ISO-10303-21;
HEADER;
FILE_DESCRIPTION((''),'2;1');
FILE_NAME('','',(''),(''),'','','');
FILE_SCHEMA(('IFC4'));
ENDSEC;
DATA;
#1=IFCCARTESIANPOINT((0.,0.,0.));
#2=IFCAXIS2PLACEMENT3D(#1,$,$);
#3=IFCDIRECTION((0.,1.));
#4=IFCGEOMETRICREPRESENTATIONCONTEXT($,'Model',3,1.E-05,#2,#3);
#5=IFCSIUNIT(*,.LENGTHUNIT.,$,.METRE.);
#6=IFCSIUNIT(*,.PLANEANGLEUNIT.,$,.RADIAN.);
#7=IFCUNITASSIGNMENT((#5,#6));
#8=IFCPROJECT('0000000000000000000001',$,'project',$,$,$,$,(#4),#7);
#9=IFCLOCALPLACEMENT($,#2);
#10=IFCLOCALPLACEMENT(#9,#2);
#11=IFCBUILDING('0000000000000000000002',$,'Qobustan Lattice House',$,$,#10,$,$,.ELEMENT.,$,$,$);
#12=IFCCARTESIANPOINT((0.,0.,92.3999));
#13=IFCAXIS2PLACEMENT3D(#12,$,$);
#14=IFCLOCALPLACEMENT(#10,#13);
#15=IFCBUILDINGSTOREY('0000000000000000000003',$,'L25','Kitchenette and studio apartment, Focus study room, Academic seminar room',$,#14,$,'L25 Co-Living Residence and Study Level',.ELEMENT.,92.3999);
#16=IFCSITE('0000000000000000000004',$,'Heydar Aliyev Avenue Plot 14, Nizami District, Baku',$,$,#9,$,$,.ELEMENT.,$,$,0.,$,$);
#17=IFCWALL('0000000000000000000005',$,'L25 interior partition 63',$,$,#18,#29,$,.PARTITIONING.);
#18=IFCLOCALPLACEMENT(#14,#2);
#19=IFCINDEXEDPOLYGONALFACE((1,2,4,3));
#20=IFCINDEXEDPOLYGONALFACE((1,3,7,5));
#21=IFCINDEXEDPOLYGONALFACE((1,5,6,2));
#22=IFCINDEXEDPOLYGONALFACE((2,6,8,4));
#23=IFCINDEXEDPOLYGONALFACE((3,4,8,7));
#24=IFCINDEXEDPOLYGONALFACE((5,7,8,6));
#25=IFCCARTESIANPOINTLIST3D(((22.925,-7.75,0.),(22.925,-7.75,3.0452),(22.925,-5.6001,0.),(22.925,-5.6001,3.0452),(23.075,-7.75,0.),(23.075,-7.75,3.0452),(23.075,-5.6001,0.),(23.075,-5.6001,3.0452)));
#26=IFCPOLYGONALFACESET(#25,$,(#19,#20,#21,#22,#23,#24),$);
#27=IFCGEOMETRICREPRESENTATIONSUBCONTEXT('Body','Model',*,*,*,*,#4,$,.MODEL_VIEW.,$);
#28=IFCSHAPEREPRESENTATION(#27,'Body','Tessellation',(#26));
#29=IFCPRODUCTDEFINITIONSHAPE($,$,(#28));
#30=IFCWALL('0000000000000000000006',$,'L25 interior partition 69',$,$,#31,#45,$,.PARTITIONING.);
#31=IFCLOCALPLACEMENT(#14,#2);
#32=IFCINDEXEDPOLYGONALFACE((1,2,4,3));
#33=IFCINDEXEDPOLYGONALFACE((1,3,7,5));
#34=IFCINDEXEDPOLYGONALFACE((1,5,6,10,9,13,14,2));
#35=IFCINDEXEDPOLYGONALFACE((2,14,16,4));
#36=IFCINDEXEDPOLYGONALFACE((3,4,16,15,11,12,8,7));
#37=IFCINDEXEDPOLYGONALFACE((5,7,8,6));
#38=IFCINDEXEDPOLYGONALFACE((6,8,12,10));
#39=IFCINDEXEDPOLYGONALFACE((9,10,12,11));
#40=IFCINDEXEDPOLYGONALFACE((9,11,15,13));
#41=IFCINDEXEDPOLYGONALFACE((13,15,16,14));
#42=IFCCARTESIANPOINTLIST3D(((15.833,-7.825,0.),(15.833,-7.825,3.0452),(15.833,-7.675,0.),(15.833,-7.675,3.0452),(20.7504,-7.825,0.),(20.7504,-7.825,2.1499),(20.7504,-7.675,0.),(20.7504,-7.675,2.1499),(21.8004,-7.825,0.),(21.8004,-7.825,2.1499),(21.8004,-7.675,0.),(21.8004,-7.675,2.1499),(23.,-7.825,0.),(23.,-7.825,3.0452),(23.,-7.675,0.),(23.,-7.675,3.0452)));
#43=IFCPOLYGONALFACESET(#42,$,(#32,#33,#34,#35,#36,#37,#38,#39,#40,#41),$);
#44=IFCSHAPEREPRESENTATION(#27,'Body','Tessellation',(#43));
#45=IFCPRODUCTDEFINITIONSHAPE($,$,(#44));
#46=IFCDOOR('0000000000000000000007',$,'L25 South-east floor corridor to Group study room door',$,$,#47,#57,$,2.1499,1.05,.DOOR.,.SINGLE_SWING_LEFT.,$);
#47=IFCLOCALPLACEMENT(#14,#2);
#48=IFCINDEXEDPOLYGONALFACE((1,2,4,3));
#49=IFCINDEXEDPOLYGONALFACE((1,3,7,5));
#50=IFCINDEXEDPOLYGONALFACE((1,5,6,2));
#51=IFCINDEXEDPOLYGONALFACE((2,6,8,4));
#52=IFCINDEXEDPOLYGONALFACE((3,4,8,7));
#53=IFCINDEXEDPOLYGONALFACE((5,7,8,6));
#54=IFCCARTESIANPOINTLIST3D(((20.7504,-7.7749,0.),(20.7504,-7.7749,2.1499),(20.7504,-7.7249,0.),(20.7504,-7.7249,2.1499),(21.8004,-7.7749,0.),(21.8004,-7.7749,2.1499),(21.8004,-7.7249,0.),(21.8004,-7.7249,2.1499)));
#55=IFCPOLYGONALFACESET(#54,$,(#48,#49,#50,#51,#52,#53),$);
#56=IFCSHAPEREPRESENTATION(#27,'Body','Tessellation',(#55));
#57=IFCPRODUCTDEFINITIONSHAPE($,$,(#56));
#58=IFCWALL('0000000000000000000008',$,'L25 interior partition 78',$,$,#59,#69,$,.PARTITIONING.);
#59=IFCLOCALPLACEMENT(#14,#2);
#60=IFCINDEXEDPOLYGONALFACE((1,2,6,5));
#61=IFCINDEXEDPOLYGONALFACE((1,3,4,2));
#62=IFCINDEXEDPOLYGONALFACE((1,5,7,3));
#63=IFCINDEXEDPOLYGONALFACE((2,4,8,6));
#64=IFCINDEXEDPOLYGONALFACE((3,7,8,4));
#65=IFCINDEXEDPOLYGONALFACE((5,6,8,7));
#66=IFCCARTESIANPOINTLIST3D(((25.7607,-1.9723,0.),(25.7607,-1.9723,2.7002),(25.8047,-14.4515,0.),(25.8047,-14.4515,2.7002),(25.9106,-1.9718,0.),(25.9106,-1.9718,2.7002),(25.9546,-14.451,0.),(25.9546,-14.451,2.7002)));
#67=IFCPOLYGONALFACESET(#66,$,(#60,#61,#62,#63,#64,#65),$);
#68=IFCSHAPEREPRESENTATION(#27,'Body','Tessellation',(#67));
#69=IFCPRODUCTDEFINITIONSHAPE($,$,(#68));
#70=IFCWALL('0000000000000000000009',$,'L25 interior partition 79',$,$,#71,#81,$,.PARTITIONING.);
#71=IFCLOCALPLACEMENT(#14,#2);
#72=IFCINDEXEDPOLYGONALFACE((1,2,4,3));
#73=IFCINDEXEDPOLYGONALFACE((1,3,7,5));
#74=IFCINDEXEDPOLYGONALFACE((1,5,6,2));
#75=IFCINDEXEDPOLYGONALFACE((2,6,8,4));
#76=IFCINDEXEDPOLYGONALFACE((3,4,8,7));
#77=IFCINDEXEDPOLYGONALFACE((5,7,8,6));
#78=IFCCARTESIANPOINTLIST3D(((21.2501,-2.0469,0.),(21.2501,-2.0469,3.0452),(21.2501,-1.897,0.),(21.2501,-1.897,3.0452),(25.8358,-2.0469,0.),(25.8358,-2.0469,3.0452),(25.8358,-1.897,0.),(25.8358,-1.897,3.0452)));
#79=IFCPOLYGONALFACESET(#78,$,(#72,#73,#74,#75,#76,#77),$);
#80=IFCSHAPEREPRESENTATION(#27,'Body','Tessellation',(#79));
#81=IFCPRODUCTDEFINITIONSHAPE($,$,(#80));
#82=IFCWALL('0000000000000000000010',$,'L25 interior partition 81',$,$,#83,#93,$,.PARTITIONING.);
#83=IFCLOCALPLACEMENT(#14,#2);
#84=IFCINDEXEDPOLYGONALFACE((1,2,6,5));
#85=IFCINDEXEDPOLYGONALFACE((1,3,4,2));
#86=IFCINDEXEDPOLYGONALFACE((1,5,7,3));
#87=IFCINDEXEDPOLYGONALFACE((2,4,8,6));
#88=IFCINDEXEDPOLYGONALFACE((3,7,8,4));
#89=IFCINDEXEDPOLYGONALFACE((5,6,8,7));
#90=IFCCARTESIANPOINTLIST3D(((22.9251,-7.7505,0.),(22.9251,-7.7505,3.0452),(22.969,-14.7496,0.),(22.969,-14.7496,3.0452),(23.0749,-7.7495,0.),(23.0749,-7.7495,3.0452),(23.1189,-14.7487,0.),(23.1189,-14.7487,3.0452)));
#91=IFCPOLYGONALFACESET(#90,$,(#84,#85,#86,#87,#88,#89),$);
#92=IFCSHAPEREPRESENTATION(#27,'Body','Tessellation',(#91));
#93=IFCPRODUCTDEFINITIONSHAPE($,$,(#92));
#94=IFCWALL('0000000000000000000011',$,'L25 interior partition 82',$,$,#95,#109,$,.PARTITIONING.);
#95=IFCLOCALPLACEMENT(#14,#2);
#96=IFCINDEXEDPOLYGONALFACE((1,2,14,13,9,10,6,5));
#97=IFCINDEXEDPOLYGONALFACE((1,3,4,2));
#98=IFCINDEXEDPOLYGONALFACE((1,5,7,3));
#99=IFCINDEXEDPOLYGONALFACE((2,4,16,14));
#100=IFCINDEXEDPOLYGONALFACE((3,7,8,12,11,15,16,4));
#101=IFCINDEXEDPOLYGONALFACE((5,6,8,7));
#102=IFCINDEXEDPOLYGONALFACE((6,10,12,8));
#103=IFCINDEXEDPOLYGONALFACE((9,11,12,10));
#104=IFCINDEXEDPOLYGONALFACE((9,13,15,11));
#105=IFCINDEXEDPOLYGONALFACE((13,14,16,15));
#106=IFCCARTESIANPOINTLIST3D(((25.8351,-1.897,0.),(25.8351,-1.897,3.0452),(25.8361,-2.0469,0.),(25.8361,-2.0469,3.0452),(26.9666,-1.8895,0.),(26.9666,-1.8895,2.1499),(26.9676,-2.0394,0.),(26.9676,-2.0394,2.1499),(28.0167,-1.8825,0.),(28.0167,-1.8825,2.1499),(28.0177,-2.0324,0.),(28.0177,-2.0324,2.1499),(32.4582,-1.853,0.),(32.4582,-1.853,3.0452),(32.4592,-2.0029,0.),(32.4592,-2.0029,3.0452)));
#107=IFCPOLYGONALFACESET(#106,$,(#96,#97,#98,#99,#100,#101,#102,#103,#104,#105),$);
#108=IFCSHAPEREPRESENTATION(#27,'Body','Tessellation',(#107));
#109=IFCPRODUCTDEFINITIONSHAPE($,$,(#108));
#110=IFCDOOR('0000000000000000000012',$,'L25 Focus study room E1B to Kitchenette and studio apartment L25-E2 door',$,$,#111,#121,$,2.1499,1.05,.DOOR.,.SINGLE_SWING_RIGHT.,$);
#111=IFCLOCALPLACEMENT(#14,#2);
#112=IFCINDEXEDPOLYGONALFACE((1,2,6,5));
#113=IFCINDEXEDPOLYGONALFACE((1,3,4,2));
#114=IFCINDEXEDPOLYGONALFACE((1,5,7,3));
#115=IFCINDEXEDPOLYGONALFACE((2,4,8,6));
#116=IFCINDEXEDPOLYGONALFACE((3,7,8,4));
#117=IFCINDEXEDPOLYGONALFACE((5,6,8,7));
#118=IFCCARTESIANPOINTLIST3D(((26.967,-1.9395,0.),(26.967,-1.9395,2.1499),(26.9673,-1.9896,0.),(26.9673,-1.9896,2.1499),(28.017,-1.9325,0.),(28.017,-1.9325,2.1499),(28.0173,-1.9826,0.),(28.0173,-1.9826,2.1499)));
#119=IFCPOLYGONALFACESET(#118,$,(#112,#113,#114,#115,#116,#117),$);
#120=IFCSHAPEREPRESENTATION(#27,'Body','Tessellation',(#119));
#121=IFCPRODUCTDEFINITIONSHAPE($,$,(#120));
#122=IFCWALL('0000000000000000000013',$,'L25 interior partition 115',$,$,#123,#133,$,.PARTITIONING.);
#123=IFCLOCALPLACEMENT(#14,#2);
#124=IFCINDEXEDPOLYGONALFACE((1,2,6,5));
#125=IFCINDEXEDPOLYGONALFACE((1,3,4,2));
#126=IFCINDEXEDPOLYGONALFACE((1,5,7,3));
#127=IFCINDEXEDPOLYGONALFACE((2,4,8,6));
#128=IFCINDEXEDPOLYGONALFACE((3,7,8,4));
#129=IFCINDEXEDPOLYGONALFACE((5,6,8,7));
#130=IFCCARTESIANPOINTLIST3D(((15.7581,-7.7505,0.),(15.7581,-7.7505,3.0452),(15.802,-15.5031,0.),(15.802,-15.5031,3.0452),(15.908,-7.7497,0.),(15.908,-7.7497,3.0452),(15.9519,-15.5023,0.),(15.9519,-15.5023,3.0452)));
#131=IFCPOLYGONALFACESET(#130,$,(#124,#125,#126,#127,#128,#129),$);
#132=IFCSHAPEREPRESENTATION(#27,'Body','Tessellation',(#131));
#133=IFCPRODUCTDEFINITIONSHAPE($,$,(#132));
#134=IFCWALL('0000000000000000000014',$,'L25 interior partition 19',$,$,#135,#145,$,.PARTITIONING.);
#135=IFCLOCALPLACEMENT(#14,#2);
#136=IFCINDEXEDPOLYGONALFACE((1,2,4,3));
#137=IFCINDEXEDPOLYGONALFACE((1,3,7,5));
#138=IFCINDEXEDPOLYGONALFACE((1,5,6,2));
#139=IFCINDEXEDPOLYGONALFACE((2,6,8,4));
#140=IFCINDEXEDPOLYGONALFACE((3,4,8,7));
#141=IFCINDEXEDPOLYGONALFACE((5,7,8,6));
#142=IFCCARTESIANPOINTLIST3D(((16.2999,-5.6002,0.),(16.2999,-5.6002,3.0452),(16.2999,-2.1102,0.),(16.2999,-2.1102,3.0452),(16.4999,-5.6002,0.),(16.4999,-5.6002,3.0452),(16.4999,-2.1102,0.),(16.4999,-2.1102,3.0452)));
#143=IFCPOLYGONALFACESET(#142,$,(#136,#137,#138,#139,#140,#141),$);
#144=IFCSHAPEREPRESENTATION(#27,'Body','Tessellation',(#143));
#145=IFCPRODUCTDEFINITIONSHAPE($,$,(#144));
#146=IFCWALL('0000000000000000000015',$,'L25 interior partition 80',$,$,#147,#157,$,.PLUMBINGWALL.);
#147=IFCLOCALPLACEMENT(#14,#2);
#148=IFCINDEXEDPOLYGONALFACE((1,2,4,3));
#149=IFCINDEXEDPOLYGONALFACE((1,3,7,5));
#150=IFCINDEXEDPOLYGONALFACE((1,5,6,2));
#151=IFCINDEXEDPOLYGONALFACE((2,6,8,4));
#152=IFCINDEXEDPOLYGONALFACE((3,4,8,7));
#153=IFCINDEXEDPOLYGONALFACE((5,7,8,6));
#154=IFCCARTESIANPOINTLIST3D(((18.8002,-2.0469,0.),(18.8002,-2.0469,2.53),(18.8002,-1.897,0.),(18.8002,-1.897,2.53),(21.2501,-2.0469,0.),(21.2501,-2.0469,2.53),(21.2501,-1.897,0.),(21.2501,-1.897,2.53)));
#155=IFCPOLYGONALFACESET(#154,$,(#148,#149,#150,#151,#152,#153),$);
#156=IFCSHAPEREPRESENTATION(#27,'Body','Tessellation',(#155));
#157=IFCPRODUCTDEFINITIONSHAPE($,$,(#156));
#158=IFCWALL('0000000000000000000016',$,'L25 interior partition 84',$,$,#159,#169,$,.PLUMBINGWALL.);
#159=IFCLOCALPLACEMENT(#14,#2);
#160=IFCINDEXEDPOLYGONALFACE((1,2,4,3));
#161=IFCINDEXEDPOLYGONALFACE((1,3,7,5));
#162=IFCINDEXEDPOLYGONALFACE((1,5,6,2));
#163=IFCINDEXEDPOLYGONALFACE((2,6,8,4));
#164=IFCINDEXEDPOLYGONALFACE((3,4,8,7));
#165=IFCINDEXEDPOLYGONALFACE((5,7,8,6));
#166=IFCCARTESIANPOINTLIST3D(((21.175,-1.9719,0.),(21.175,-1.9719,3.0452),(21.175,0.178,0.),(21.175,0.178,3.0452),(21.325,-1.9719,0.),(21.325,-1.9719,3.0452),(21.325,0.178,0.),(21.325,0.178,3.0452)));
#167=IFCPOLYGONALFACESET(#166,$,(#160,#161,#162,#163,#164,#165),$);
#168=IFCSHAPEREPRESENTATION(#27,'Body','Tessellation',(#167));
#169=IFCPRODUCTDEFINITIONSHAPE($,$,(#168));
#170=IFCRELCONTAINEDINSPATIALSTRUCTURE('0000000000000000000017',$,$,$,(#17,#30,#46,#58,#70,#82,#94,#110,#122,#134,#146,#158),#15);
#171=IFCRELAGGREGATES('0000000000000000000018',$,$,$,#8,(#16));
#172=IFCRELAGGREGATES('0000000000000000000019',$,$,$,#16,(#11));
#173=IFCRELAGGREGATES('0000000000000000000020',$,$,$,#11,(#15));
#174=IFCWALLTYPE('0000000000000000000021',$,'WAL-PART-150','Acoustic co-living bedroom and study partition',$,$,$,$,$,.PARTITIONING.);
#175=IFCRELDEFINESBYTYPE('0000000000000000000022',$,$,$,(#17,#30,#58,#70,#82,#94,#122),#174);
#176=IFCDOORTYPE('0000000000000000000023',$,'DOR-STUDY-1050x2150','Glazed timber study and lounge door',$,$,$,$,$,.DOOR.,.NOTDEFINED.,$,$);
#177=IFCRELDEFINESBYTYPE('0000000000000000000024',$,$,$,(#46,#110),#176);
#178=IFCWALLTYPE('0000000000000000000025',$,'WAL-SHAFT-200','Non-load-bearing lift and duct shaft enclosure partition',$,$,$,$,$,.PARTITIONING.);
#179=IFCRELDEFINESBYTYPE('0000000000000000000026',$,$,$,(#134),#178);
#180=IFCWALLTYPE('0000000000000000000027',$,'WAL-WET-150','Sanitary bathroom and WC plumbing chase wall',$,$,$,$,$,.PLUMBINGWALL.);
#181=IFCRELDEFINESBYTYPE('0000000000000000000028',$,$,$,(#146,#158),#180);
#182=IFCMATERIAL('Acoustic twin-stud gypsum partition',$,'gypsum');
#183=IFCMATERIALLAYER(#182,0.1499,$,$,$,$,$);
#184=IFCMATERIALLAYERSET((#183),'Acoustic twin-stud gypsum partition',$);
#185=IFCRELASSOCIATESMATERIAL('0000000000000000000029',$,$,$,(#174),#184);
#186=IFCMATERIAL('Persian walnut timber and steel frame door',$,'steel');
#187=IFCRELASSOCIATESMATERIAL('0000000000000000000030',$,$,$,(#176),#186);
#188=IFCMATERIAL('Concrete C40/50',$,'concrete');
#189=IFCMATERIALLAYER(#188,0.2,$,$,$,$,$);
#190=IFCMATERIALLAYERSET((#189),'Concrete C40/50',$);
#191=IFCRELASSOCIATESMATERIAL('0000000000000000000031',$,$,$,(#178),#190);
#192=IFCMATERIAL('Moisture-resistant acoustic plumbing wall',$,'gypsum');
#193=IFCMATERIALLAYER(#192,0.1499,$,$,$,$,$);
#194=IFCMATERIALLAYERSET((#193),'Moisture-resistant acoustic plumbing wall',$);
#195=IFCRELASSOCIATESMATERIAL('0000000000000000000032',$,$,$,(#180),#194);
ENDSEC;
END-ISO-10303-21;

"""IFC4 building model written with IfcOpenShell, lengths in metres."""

from ifc_helpers import new_model, si_unit, direction, frame, frame_2d, origin, place, context, subcontext, project, spatial, rectangle, extrude, material, layer, layer_set, type_object, element, fill, save


model = new_model("IFC4")

# Units and contexts
model_context = context("Model", 3, precision=1e-05, world=origin(), true_north=direction((0.0, 1.0)))
body_context = subcontext(model_context, "Body", "Model", "MODEL_VIEW")
ifc_project = project(units=[si_unit("LENGTHUNIT", "METRE"), si_unit("PLANEANGLEUNIT", "RADIAN")], contexts=[model_context])

# Site, building, storey
site_placement = place(None, origin())
site = spatial("IfcSite", under=ifc_project, at=site_placement, Name="Heydar Aliyev Avenue Plot 14, Nizami District, Baku", CompositionType="ELEMENT", RefElevation=0.0)
building_placement = place(site_placement, origin())
building = spatial("IfcBuilding", under=site, at=building_placement, Name="Qobustan Lattice House", CompositionType="ELEMENT")
storey_placement = place(building_placement, frame((0.0, 0.0, 92.3999)))
storey = spatial("IfcBuildingStorey", under=building, at=storey_placement, Name="L25", Description="Kitchenette and studio apartment, Focus study room, Academic seminar room", LongName="L25 Co-Living Residence and Study Level", CompositionType="ELEMENT", Elevation=92.3999)

# Shared definitions
ifc_material_1 = material(Name="Acoustic twin-stud gypsum partition", Category="gypsum")
ifc_layer_1 = layer(ifc_material_1, 0.1499)
ifc_layer_set_1 = layer_set([ifc_layer_1], Name="Acoustic twin-stud gypsum partition")
wall_type_1 = type_object("IfcWallType", Name="WAL-PART-150", Description="Acoustic co-living bedroom and study partition", PredefinedType="PARTITIONING", material=ifc_layer_set_1)
ifc_material_2 = material(Name="Persian walnut timber and steel frame door", Category="steel")
door_type_1 = type_object("IfcDoorType", Name="DOR-STUDY-1050x2150", Description="Glazed timber study and lounge door", OperationType="NOTDEFINED", PredefinedType="DOOR", material=ifc_material_2)

# Wall
wall_1_placement = place(storey_placement, frame((23.0, -5.6001, 0.0), z_axis=(0.0, 0.0, 1.0), x_axis=(0.0, -1.0, 0.0)))
element("IfcWall", 1, at=wall_1_placement, inside=storey, type_object=wall_type_1, Name="L25 interior partition 63", PredefinedType="PARTITIONING", context=body_context, shape_type="SweptSolid", body=[
    extrude(rectangle(XDim=2.1499, YDim=0.1499, at=frame_2d((1.075, 0.0))), origin(), (0.0, 0.0, 1.0), 3.0452),
])

# Wall, opening, door
wall_2_placement = place(storey_placement, frame((23.0, -7.75, 0.0), z_axis=(0.0, 0.0, 1.0), x_axis=(-1.0, 0.0, 0.0)))
wall_2 = element("IfcWall", 2, at=wall_2_placement, inside=storey, type_object=wall_type_1, Name="L25 interior partition 69", PredefinedType="PARTITIONING", context=body_context, shape_type="SweptSolid", body=[
    extrude(rectangle(XDim=7.167, YDim=0.1499, at=frame_2d((3.5835, 0.0))), origin(), (0.0, 0.0, 1.0), 3.0452),
])
opening_1_placement = place(wall_2_placement, frame((1.1997, 0.0, 0.0)))
opening_1 = element("IfcOpeningElement", 3, at=opening_1_placement, cuts=wall_2, PredefinedType="OPENING", context=body_context, shape_type="SweptSolid", body=[
    extrude(rectangle(XDim=1.05, YDim=2.1499, at=frame_2d((0.5249, 1.075))), frame((0.0, 0.085, 0.0), z_axis=(0.0, -1.0, 0.0), x_axis=(1.0, 0.0, 0.0)), (0.0, 0.0, 1.0), 0.1699),
])
door_1_placement = place(opening_1_placement, origin())
door_1 = element("IfcDoor", 4, at=door_1_placement, inside=storey, type_object=door_type_1, Name="L25 South-east floor corridor to Group study room door", OperationType="SINGLE_SWING_LEFT", OverallHeight=2.1499, OverallWidth=1.05, PredefinedType="DOOR", context=body_context, shape_type="SweptSolid", body=[
    extrude(rectangle(XDim=1.05, YDim=2.1499, at=frame_2d((0.5249, 1.075))), frame((0.0, 0.0249, 0.0), z_axis=(0.0, -1.0, 0.0), x_axis=(1.0, 0.0, 0.0)), (0.0, 0.0, 1.0), 0.05),
])
fill(opening_1, door_1)

# Walls
wall_3_placement = place(storey_placement, frame((25.8357, -1.9719, 0.0), z_axis=(0.0, 0.0, 1.0), x_axis=(0.003521, -0.999994, 0.0)))
element("IfcWall", 5, at=wall_3_placement, inside=storey, type_object=wall_type_1, Name="L25 interior partition 78", PredefinedType="PARTITIONING", context=body_context, shape_type="SweptSolid", body=[
    extrude(rectangle(XDim=12.4792, YDim=0.1499, at=frame_2d((6.2397, 0.0))), origin(), (0.0, 0.0, 1.0), 2.7002),
])
wall_4_placement = place(storey_placement, frame((21.25, -1.9719, 0.0), z_axis=(0.0, 0.0, 1.0), x_axis=(1.0, 0.0, 0.0)))
element("IfcWall", 6, at=wall_4_placement, inside=storey, type_object=wall_type_1, Name="L25 interior partition 79", PredefinedType="PARTITIONING", context=body_context, shape_type="SweptSolid", body=[
    extrude(rectangle(XDim=4.5857, YDim=0.1499, at=frame_2d((2.293, 0.0))), origin(), (0.0, 0.0, 1.0), 3.0452),
])
wall_5_placement = place(storey_placement, frame((23.0439, -14.749, 0.0), z_axis=(0.0, 0.0, 1.0), x_axis=(-0.006279, 0.99998, 0.0)))
element("IfcWall", 7, at=wall_5_placement, inside=storey, type_object=wall_type_1, Name="L25 interior partition 81", PredefinedType="PARTITIONING", context=body_context, shape_type="SweptSolid", body=[
    extrude(rectangle(XDim=6.9993, YDim=0.1499, at=frame_2d((3.4995, 0.0))), origin(), (0.0, 0.0, 1.0), 3.0452),
])

# Wall, opening, door
wall_6_placement = place(storey_placement, frame((25.8357, -1.9719, 0.0), z_axis=(0.0, 0.0, 1.0), x_axis=(0.999978, 0.006635, 0.0)))
wall_6 = element("IfcWall", 8, at=wall_6_placement, inside=storey, type_object=wall_type_1, Name="L25 interior partition 82", PredefinedType="PARTITIONING", context=body_context, shape_type="SweptSolid", body=[
    extrude(rectangle(XDim=6.6233, YDim=0.1499, at=frame_2d((3.3115, 0.0))), origin(), (0.0, 0.0, 1.0), 3.0452),
])
opening_2_placement = place(wall_6_placement, frame((1.1316, 0.0, 0.0)))
opening_2 = element("IfcOpeningElement", 9, at=opening_2_placement, cuts=wall_6, PredefinedType="OPENING", context=body_context, shape_type="SweptSolid", body=[
    extrude(rectangle(XDim=1.05, YDim=2.1499, at=frame_2d((0.5249, 1.075))), frame((0.0, 0.085, 0.0), z_axis=(0.0, -1.0, 0.0), x_axis=(1.0, 0.0, 0.0)), (0.0, 0.0, 1.0), 0.1699),
])
door_2_placement = place(opening_2_placement, origin())
door_2 = element("IfcDoor", 10, at=door_2_placement, inside=storey, type_object=door_type_1, Name="L25 Focus study room E1B to Kitchenette and studio apartment L25-E2 door", OperationType="SINGLE_SWING_RIGHT", OverallHeight=2.1499, OverallWidth=1.05, PredefinedType="DOOR", context=body_context, shape_type="SweptSolid", body=[
    extrude(rectangle(XDim=1.05, YDim=2.1499, at=frame_2d((0.5249, 1.075))), frame((0.0, 0.0249, 0.0), z_axis=(0.0, -1.0, 0.0), x_axis=(1.0, 0.0, 0.0)), (0.0, 0.0, 1.0), 0.05),
])
fill(opening_2, door_2)

# Walls
wall_7_placement = place(storey_placement, frame((15.833, -7.75, 0.0), z_axis=(0.0, 0.0, 1.0), x_axis=(0.005668, -0.999984, 0.0)))
element("IfcWall", 11, at=wall_7_placement, inside=storey, type_object=wall_type_1, Name="L25 interior partition 115", PredefinedType="PARTITIONING", context=body_context, shape_type="SweptSolid", body=[
    extrude(rectangle(XDim=7.7527, YDim=0.1499, at=frame_2d((3.8765, 0.0))), origin(), (0.0, 0.0, 1.0), 3.0452),
])
ifc_material_3 = material(Name="Concrete C40/50", Category="concrete")
ifc_layer_2 = layer(ifc_material_3, 0.2)
ifc_layer_set_2 = layer_set([ifc_layer_2], Name="Concrete C40/50")
wall_type_2 = type_object("IfcWallType", Name="WAL-SHAFT-200", Description="Non-load-bearing lift and duct shaft enclosure partition", PredefinedType="PARTITIONING", material=ifc_layer_set_2)
wall_8_placement = place(storey_placement, frame((16.3999, -2.1101, 0.0), z_axis=(0.0, 0.0, 1.0), x_axis=(0.0, -1.0, 0.0)))
element("IfcWall", 12, at=wall_8_placement, inside=storey, type_object=wall_type_2, Name="L25 interior partition 19", PredefinedType="PARTITIONING", context=body_context, shape_type="SweptSolid", body=[
    extrude(rectangle(XDim=3.49, YDim=0.2, at=frame_2d((1.7451, 0.0))), origin(), (0.0, 0.0, 1.0), 3.0452),
])
ifc_material_4 = material(Name="Moisture-resistant acoustic plumbing wall", Category="gypsum")
ifc_layer_3 = layer(ifc_material_4, 0.1499)
ifc_layer_set_3 = layer_set([ifc_layer_3], Name="Moisture-resistant acoustic plumbing wall")
wall_type_3 = type_object("IfcWallType", Name="WAL-WET-150", Description="Sanitary bathroom and WC plumbing chase wall", PredefinedType="PLUMBINGWALL", material=ifc_layer_set_3)
wall_9_placement = place(storey_placement, frame((18.8, -1.9719, 0.0), z_axis=(0.0, 0.0, 1.0), x_axis=(1.0, 0.0, 0.0)))
element("IfcWall", 13, at=wall_9_placement, inside=storey, type_object=wall_type_3, Name="L25 interior partition 80", PredefinedType="PLUMBINGWALL", context=body_context, shape_type="SweptSolid", body=[
    extrude(rectangle(XDim=2.45, YDim=0.1499, at=frame_2d((1.2251, 0.0))), origin(), (0.0, 0.0, 1.0), 2.53),
])
wall_10_placement = place(storey_placement, frame((21.25, -1.9719, 0.0), z_axis=(0.0, 0.0, 1.0), x_axis=(0.0, 1.0, 0.0)))
element("IfcWall", 14, at=wall_10_placement, inside=storey, type_object=wall_type_3, Name="L25 interior partition 84", PredefinedType="PLUMBINGWALL", context=body_context, shape_type="SweptSolid", body=[
    extrude(rectangle(XDim=2.1499, YDim=0.1499, at=frame_2d((1.075, 0.0))), origin(), (0.0, 0.0, 1.0), 3.0452),
])

save(model, "model.ifc")
